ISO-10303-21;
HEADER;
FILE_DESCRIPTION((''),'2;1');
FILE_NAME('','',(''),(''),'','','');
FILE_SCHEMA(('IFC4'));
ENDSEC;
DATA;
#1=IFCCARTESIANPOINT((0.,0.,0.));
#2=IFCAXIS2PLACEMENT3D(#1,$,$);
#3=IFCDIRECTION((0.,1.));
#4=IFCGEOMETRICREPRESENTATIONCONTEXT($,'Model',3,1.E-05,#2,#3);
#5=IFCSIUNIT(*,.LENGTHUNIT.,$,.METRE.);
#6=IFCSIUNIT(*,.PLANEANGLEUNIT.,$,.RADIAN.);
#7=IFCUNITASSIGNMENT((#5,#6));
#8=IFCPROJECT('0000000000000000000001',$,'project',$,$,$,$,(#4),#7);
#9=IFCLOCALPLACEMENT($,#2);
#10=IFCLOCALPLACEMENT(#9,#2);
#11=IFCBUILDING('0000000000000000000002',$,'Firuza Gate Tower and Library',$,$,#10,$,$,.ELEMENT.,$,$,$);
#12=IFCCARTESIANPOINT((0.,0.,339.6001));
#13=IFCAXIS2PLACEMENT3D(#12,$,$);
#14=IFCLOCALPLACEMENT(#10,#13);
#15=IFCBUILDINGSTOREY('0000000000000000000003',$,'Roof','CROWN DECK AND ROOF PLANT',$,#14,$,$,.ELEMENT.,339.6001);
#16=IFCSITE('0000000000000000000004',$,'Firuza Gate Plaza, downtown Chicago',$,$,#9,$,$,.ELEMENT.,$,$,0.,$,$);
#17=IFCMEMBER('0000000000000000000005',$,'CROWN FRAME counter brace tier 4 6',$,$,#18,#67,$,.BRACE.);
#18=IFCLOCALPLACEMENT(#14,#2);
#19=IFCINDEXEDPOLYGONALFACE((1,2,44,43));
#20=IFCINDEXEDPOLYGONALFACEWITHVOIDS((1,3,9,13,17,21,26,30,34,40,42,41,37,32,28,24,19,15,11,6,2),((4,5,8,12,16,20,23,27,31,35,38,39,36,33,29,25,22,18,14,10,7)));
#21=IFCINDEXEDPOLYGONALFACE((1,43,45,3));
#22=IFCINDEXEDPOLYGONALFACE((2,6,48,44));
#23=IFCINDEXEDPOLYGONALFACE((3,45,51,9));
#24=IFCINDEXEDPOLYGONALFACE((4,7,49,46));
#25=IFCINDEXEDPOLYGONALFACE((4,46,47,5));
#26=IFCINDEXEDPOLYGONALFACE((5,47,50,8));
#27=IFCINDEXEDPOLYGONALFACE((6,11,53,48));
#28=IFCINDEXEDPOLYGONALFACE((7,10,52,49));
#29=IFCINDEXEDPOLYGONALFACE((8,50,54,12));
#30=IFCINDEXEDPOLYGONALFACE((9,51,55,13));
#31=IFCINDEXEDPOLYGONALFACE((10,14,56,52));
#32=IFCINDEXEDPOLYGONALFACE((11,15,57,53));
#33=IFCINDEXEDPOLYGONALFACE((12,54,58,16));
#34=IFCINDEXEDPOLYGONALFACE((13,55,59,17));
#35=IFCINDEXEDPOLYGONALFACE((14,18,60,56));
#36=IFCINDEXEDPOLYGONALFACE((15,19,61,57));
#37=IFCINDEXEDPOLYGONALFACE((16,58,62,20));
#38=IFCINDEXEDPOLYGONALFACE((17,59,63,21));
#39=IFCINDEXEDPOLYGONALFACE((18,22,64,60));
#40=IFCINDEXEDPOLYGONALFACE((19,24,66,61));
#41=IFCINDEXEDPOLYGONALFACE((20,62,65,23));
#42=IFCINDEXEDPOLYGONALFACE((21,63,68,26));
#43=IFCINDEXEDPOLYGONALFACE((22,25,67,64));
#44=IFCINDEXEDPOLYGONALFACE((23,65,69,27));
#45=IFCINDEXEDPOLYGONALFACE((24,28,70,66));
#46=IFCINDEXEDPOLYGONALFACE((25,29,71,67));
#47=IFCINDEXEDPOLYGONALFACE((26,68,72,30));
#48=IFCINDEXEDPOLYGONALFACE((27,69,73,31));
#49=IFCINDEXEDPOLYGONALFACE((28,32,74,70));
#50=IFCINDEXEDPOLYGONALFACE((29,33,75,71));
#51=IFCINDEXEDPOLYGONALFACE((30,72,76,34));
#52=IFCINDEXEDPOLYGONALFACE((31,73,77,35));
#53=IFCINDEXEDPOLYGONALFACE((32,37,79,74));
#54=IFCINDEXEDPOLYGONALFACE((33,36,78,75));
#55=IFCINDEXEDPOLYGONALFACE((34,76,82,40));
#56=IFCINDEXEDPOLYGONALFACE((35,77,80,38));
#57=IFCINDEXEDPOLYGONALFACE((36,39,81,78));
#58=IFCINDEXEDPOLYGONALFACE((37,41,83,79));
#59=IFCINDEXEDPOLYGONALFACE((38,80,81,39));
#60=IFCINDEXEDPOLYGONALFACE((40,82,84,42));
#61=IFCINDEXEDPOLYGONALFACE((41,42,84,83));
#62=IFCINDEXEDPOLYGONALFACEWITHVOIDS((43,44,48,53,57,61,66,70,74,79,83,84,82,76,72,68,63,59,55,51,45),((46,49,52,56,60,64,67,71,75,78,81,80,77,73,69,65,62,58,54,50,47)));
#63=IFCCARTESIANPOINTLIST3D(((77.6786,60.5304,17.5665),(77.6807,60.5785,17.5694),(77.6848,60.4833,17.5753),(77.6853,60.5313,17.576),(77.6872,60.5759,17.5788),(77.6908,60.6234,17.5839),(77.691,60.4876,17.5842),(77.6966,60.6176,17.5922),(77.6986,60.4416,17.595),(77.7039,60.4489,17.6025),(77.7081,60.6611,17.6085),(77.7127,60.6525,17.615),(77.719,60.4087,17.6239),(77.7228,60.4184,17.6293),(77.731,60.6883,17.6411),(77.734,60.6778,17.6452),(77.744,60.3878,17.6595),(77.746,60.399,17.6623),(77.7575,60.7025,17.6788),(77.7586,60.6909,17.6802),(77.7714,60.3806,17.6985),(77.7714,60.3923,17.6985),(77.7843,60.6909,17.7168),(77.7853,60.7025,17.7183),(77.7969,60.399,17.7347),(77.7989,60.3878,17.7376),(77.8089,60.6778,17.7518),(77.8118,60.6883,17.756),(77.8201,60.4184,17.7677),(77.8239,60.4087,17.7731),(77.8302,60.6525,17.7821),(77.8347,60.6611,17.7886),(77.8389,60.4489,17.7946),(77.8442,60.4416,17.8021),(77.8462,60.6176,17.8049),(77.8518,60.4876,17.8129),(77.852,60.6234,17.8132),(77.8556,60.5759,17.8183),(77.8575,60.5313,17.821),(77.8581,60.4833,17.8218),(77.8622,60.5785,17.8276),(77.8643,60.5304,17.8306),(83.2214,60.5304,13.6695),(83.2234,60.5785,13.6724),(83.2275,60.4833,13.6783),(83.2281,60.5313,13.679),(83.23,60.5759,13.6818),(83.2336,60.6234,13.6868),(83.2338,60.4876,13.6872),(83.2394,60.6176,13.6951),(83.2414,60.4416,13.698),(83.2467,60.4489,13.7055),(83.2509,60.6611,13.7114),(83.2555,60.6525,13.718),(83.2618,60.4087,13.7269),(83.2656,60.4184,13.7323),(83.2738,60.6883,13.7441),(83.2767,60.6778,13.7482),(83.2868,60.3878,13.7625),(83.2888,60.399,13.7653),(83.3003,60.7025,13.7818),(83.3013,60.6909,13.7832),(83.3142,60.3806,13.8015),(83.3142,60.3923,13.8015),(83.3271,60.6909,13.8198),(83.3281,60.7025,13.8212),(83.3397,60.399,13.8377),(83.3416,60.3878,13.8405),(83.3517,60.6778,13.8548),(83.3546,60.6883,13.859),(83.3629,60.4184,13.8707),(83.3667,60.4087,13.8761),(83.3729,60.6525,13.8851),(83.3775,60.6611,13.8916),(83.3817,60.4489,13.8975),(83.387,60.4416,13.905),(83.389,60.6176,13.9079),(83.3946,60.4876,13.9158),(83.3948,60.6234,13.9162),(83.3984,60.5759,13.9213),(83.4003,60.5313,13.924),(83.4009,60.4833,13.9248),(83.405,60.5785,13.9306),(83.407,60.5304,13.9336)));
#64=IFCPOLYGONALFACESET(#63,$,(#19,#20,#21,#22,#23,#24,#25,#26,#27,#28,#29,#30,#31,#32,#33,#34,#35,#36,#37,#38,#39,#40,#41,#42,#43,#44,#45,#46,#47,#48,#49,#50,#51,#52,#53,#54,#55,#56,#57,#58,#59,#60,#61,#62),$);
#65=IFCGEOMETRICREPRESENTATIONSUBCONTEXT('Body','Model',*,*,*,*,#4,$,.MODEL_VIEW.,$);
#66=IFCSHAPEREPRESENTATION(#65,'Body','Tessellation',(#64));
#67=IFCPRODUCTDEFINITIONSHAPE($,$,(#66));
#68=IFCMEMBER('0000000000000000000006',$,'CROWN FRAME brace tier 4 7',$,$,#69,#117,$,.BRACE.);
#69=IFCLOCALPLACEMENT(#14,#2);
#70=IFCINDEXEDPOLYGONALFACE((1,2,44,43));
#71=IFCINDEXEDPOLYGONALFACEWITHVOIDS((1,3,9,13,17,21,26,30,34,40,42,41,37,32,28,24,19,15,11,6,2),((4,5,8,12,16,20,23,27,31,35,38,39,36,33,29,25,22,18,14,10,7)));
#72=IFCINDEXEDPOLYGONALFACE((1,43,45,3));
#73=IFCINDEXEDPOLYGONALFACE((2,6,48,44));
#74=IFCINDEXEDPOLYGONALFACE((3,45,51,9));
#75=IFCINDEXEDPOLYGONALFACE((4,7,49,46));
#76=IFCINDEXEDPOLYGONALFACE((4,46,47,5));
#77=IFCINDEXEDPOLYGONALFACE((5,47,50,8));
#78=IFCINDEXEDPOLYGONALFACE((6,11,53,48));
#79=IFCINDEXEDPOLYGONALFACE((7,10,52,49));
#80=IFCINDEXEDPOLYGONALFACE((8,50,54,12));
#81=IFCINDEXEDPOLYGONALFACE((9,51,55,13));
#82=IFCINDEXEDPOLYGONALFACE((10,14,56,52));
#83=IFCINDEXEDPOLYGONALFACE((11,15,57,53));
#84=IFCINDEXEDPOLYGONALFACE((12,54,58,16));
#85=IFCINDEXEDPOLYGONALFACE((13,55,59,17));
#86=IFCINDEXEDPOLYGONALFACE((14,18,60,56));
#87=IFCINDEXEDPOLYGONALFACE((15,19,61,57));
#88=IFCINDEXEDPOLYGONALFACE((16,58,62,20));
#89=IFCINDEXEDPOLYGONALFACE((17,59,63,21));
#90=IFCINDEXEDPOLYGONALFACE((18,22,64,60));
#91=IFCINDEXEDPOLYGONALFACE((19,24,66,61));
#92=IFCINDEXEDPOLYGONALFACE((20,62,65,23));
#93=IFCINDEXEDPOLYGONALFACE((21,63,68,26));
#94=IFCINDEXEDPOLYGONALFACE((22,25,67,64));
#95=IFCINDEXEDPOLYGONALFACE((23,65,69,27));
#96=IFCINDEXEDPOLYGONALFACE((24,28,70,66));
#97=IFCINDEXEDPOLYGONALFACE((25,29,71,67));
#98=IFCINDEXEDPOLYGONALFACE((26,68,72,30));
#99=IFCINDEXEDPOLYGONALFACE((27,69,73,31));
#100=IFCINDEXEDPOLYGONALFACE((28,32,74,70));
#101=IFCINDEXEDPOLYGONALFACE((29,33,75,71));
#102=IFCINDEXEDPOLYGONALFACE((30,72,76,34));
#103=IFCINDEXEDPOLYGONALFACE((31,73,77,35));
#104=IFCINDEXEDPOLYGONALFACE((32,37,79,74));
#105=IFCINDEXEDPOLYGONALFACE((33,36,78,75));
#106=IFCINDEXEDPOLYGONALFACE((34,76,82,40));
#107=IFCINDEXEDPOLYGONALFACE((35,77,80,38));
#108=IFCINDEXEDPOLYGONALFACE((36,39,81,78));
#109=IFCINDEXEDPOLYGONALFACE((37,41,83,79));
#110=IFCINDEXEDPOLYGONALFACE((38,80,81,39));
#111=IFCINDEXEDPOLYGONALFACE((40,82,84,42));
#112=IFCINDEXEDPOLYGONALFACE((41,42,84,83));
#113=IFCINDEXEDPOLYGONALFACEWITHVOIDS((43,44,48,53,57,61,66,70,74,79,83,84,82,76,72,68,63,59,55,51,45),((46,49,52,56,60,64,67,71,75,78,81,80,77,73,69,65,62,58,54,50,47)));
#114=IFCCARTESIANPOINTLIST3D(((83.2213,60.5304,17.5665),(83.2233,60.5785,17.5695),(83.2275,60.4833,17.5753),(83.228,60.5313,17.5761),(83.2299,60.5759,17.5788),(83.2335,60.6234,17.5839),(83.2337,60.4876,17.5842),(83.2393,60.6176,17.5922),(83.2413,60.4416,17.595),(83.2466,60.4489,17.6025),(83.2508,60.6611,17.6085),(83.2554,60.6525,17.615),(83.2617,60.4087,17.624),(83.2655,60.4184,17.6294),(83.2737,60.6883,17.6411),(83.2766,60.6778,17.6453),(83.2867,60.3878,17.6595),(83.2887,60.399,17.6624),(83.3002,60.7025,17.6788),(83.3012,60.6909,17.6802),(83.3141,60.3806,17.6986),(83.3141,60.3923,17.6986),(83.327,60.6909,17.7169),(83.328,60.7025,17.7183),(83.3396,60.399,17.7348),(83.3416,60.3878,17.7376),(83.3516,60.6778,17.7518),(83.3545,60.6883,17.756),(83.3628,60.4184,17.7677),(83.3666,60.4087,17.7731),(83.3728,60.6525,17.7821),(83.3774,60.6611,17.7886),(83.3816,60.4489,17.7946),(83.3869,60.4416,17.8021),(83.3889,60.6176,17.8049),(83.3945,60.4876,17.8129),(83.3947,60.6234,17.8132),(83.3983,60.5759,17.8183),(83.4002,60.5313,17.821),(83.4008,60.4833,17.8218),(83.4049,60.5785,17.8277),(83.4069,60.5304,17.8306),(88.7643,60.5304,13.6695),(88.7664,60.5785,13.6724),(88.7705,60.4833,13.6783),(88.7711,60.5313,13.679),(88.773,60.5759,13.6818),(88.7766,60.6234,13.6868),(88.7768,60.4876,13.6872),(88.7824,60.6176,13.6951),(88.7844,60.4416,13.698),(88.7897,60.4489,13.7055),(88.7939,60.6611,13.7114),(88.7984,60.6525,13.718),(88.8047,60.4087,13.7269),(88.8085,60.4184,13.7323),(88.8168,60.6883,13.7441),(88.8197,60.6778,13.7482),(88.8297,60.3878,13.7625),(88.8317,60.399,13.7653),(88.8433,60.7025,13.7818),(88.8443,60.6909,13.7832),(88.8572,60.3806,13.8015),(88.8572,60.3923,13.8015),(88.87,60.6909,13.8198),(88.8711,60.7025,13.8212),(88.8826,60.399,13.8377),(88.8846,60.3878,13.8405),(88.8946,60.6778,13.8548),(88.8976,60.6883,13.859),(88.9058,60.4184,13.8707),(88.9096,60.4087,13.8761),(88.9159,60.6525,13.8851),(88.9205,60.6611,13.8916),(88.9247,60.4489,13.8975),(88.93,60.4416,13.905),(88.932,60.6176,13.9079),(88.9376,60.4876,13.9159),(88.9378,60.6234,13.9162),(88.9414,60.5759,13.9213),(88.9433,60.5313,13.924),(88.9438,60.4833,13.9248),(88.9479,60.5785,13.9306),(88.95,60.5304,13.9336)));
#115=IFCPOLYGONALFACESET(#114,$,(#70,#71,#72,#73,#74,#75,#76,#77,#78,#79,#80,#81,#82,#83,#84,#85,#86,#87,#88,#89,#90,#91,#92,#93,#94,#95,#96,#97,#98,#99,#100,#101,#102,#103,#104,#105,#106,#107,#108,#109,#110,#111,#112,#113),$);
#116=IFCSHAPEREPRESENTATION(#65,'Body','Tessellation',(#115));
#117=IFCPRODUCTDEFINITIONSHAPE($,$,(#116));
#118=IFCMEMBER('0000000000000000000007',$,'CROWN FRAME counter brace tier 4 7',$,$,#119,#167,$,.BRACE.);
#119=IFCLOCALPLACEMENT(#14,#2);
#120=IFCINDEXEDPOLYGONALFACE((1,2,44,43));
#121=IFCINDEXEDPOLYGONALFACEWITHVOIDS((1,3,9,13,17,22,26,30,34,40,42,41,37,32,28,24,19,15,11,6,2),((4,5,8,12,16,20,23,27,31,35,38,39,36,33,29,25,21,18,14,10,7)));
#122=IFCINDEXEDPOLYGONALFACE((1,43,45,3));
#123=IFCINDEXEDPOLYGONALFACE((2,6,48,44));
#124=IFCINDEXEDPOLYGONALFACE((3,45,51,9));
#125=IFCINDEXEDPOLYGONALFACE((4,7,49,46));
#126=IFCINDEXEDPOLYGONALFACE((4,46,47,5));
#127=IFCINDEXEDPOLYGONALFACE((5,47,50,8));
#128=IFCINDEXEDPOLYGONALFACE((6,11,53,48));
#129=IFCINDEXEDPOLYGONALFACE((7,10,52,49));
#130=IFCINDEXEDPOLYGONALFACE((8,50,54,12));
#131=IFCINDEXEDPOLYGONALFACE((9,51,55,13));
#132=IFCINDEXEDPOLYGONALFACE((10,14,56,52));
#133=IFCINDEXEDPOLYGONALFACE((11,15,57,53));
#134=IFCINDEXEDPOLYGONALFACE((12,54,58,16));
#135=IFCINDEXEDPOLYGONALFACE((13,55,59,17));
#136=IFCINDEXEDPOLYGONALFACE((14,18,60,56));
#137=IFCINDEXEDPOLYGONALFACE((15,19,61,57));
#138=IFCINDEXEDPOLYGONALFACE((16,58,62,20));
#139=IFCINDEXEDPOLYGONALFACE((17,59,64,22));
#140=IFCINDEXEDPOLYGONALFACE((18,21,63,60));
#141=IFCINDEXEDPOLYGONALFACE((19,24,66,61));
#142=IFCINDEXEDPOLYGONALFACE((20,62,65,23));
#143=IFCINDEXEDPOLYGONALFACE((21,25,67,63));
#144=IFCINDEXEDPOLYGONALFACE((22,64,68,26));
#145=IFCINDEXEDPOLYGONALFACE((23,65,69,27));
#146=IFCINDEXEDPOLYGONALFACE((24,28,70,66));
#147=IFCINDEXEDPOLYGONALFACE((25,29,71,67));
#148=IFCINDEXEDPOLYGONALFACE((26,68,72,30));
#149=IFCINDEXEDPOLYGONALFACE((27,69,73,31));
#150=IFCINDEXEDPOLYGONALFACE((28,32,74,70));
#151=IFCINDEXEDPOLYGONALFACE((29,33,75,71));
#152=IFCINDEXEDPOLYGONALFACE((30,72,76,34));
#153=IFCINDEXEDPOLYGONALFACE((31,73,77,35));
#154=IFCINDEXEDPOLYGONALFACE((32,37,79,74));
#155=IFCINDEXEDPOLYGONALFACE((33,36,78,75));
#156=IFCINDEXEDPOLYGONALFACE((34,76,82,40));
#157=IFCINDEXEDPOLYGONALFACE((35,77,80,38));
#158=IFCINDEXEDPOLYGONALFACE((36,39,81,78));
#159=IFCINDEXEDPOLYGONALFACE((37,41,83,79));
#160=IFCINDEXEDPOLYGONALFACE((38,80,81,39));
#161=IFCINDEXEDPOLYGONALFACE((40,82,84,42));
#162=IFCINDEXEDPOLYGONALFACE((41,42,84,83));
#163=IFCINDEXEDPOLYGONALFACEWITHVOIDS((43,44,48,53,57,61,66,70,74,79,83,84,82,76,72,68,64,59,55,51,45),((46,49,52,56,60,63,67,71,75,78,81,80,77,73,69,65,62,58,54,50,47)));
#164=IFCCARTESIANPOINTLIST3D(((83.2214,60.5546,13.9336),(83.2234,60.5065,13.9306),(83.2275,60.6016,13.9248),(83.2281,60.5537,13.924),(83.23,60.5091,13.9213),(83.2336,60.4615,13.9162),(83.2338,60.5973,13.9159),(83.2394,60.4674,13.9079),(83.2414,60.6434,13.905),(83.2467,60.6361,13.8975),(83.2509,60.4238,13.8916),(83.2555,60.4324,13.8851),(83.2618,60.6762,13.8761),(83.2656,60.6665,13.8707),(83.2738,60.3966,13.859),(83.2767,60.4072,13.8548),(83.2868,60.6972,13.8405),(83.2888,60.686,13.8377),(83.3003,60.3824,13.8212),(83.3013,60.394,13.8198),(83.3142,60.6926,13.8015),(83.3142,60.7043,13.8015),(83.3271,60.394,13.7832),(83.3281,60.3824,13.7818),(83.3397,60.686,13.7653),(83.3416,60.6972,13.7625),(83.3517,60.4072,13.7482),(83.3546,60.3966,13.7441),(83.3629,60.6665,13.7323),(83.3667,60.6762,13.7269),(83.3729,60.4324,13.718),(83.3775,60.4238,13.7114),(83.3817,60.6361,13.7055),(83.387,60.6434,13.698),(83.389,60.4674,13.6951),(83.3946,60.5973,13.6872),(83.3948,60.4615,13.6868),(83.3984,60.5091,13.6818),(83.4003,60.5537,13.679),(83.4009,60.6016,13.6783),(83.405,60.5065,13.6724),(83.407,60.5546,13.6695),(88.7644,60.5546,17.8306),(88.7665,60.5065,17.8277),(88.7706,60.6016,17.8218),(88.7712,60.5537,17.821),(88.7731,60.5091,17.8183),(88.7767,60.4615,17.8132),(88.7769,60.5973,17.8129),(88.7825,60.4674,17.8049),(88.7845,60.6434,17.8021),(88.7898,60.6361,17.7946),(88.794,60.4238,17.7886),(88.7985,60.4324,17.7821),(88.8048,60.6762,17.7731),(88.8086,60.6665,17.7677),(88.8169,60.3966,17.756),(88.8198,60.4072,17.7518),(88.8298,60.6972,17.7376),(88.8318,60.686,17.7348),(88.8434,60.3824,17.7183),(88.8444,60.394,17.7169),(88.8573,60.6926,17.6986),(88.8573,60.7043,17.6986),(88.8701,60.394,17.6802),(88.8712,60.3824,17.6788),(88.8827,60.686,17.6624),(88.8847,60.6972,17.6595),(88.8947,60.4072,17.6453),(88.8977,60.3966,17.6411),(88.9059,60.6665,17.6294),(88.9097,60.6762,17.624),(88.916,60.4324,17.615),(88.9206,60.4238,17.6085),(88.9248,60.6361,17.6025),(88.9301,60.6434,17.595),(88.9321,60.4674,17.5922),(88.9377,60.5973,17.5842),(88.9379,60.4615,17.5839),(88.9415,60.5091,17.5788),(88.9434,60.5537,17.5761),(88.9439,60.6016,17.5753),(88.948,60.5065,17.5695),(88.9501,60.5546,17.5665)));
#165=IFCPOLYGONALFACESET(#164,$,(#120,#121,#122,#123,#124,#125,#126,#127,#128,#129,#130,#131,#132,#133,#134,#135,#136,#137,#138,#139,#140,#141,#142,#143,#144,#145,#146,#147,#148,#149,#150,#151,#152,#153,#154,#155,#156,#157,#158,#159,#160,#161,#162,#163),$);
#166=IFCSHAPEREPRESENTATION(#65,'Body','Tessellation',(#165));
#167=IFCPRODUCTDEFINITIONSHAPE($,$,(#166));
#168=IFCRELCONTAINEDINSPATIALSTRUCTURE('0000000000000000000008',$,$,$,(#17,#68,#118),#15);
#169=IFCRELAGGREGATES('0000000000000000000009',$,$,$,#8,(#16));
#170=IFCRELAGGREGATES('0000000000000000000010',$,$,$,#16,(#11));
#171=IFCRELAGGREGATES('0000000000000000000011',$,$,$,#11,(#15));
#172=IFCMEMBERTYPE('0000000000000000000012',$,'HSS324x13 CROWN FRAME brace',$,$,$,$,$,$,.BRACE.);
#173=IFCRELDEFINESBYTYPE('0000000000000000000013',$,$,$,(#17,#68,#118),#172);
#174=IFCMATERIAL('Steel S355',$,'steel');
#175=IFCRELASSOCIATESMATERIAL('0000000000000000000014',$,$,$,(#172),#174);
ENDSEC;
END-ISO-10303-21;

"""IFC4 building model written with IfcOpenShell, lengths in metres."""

from ifc_helpers import new_model, si_unit, direction, frame, origin, origin_2d, place, context, subcontext, project, spatial, hollow_circle, extrude, material, material_profile, profile_set, type_object, element, save


model = new_model("IFC4")

# Units and contexts
model_context = context("Model", 3, precision=1e-05, world=origin(), true_north=direction((0.0, 1.0)))
body_context = subcontext(model_context, "Body", "Model", "MODEL_VIEW")
ifc_project = project(units=[si_unit("LENGTHUNIT", "METRE"), si_unit("PLANEANGLEUNIT", "RADIAN")], contexts=[model_context])

# Site, building, storey
site_placement = place(None, origin())
site = spatial("IfcSite", under=ifc_project, at=site_placement, Name="Firuza Gate Plaza, downtown Chicago", CompositionType="ELEMENT", RefElevation=0.0)
building_placement = place(site_placement, origin())
building = spatial("IfcBuilding", under=site, at=building_placement, Name="Firuza Gate Tower and Library", CompositionType="ELEMENT")
storey_placement = place(building_placement, frame((0.0, 0.0, 339.6001)))
storey = spatial("IfcBuildingStorey", under=building, at=storey_placement, Name="Roof", Description="CROWN DECK AND ROOF PLANT", CompositionType="ELEMENT", Elevation=339.6001)

# Members
ifc_material_1 = material(Name="Steel S355", Category="steel")
ifc_material_profile_1 = material_profile(ifc_material_1, hollow_circle(Radius=0.1619, WallThickness=0.0117, at=origin_2d()))
ifc_profile_set_1 = profile_set([ifc_material_profile_1], Name="Steel S355")
member_type_1 = type_object("IfcMemberType", Name="HSS324x13 CROWN FRAME brace", PredefinedType="BRACE", material=ifc_profile_set_1)
member_1_placement = place(storey_placement, frame((83.3142, 60.5425, 13.8015), z_axis=(-0.818047, 0.0, 0.575152), x_axis=(0.0, -1.0, 0.0)))
element("IfcMember", 1, at=member_1_placement, inside=storey, type_object=member_type_1, Name="CROWN FRAME counter brace tier 4 6", PredefinedType="BRACE", context=body_context, shape_type="SweptSolid", body=[
    extrude(hollow_circle(Radius=0.1619, WallThickness=0.0117, at=origin_2d()), origin(), (0.0, 0.0, 1.0), 6.7756),
])
for number, where, z_axis, x_axis, name in (
    (2, (88.8572, 60.5425, 13.8015), (-0.818059, 0.0, 0.575135), (0.0, -1.0, 0.0), "CROWN FRAME brace tier 4 7"),
    (3, (83.3142, 60.5425, 13.8015), (0.818059, 0.0, 0.575135), (0.0, 1.0, 0.0), "CROWN FRAME counter brace tier 4 7"),
):
    element("IfcMember", number, at=place(storey_placement, frame(where, z_axis=z_axis, x_axis=x_axis)), inside=storey, type_object=member_type_1, Name=name, PredefinedType="BRACE", context=body_context, shape_type="SweptSolid", body=[
        extrude(hollow_circle(Radius=0.1619, WallThickness=0.0117, at=origin_2d()), origin(), (0.0, 0.0, 1.0), 6.7759),
    ])

save(model, "model.ifc")
